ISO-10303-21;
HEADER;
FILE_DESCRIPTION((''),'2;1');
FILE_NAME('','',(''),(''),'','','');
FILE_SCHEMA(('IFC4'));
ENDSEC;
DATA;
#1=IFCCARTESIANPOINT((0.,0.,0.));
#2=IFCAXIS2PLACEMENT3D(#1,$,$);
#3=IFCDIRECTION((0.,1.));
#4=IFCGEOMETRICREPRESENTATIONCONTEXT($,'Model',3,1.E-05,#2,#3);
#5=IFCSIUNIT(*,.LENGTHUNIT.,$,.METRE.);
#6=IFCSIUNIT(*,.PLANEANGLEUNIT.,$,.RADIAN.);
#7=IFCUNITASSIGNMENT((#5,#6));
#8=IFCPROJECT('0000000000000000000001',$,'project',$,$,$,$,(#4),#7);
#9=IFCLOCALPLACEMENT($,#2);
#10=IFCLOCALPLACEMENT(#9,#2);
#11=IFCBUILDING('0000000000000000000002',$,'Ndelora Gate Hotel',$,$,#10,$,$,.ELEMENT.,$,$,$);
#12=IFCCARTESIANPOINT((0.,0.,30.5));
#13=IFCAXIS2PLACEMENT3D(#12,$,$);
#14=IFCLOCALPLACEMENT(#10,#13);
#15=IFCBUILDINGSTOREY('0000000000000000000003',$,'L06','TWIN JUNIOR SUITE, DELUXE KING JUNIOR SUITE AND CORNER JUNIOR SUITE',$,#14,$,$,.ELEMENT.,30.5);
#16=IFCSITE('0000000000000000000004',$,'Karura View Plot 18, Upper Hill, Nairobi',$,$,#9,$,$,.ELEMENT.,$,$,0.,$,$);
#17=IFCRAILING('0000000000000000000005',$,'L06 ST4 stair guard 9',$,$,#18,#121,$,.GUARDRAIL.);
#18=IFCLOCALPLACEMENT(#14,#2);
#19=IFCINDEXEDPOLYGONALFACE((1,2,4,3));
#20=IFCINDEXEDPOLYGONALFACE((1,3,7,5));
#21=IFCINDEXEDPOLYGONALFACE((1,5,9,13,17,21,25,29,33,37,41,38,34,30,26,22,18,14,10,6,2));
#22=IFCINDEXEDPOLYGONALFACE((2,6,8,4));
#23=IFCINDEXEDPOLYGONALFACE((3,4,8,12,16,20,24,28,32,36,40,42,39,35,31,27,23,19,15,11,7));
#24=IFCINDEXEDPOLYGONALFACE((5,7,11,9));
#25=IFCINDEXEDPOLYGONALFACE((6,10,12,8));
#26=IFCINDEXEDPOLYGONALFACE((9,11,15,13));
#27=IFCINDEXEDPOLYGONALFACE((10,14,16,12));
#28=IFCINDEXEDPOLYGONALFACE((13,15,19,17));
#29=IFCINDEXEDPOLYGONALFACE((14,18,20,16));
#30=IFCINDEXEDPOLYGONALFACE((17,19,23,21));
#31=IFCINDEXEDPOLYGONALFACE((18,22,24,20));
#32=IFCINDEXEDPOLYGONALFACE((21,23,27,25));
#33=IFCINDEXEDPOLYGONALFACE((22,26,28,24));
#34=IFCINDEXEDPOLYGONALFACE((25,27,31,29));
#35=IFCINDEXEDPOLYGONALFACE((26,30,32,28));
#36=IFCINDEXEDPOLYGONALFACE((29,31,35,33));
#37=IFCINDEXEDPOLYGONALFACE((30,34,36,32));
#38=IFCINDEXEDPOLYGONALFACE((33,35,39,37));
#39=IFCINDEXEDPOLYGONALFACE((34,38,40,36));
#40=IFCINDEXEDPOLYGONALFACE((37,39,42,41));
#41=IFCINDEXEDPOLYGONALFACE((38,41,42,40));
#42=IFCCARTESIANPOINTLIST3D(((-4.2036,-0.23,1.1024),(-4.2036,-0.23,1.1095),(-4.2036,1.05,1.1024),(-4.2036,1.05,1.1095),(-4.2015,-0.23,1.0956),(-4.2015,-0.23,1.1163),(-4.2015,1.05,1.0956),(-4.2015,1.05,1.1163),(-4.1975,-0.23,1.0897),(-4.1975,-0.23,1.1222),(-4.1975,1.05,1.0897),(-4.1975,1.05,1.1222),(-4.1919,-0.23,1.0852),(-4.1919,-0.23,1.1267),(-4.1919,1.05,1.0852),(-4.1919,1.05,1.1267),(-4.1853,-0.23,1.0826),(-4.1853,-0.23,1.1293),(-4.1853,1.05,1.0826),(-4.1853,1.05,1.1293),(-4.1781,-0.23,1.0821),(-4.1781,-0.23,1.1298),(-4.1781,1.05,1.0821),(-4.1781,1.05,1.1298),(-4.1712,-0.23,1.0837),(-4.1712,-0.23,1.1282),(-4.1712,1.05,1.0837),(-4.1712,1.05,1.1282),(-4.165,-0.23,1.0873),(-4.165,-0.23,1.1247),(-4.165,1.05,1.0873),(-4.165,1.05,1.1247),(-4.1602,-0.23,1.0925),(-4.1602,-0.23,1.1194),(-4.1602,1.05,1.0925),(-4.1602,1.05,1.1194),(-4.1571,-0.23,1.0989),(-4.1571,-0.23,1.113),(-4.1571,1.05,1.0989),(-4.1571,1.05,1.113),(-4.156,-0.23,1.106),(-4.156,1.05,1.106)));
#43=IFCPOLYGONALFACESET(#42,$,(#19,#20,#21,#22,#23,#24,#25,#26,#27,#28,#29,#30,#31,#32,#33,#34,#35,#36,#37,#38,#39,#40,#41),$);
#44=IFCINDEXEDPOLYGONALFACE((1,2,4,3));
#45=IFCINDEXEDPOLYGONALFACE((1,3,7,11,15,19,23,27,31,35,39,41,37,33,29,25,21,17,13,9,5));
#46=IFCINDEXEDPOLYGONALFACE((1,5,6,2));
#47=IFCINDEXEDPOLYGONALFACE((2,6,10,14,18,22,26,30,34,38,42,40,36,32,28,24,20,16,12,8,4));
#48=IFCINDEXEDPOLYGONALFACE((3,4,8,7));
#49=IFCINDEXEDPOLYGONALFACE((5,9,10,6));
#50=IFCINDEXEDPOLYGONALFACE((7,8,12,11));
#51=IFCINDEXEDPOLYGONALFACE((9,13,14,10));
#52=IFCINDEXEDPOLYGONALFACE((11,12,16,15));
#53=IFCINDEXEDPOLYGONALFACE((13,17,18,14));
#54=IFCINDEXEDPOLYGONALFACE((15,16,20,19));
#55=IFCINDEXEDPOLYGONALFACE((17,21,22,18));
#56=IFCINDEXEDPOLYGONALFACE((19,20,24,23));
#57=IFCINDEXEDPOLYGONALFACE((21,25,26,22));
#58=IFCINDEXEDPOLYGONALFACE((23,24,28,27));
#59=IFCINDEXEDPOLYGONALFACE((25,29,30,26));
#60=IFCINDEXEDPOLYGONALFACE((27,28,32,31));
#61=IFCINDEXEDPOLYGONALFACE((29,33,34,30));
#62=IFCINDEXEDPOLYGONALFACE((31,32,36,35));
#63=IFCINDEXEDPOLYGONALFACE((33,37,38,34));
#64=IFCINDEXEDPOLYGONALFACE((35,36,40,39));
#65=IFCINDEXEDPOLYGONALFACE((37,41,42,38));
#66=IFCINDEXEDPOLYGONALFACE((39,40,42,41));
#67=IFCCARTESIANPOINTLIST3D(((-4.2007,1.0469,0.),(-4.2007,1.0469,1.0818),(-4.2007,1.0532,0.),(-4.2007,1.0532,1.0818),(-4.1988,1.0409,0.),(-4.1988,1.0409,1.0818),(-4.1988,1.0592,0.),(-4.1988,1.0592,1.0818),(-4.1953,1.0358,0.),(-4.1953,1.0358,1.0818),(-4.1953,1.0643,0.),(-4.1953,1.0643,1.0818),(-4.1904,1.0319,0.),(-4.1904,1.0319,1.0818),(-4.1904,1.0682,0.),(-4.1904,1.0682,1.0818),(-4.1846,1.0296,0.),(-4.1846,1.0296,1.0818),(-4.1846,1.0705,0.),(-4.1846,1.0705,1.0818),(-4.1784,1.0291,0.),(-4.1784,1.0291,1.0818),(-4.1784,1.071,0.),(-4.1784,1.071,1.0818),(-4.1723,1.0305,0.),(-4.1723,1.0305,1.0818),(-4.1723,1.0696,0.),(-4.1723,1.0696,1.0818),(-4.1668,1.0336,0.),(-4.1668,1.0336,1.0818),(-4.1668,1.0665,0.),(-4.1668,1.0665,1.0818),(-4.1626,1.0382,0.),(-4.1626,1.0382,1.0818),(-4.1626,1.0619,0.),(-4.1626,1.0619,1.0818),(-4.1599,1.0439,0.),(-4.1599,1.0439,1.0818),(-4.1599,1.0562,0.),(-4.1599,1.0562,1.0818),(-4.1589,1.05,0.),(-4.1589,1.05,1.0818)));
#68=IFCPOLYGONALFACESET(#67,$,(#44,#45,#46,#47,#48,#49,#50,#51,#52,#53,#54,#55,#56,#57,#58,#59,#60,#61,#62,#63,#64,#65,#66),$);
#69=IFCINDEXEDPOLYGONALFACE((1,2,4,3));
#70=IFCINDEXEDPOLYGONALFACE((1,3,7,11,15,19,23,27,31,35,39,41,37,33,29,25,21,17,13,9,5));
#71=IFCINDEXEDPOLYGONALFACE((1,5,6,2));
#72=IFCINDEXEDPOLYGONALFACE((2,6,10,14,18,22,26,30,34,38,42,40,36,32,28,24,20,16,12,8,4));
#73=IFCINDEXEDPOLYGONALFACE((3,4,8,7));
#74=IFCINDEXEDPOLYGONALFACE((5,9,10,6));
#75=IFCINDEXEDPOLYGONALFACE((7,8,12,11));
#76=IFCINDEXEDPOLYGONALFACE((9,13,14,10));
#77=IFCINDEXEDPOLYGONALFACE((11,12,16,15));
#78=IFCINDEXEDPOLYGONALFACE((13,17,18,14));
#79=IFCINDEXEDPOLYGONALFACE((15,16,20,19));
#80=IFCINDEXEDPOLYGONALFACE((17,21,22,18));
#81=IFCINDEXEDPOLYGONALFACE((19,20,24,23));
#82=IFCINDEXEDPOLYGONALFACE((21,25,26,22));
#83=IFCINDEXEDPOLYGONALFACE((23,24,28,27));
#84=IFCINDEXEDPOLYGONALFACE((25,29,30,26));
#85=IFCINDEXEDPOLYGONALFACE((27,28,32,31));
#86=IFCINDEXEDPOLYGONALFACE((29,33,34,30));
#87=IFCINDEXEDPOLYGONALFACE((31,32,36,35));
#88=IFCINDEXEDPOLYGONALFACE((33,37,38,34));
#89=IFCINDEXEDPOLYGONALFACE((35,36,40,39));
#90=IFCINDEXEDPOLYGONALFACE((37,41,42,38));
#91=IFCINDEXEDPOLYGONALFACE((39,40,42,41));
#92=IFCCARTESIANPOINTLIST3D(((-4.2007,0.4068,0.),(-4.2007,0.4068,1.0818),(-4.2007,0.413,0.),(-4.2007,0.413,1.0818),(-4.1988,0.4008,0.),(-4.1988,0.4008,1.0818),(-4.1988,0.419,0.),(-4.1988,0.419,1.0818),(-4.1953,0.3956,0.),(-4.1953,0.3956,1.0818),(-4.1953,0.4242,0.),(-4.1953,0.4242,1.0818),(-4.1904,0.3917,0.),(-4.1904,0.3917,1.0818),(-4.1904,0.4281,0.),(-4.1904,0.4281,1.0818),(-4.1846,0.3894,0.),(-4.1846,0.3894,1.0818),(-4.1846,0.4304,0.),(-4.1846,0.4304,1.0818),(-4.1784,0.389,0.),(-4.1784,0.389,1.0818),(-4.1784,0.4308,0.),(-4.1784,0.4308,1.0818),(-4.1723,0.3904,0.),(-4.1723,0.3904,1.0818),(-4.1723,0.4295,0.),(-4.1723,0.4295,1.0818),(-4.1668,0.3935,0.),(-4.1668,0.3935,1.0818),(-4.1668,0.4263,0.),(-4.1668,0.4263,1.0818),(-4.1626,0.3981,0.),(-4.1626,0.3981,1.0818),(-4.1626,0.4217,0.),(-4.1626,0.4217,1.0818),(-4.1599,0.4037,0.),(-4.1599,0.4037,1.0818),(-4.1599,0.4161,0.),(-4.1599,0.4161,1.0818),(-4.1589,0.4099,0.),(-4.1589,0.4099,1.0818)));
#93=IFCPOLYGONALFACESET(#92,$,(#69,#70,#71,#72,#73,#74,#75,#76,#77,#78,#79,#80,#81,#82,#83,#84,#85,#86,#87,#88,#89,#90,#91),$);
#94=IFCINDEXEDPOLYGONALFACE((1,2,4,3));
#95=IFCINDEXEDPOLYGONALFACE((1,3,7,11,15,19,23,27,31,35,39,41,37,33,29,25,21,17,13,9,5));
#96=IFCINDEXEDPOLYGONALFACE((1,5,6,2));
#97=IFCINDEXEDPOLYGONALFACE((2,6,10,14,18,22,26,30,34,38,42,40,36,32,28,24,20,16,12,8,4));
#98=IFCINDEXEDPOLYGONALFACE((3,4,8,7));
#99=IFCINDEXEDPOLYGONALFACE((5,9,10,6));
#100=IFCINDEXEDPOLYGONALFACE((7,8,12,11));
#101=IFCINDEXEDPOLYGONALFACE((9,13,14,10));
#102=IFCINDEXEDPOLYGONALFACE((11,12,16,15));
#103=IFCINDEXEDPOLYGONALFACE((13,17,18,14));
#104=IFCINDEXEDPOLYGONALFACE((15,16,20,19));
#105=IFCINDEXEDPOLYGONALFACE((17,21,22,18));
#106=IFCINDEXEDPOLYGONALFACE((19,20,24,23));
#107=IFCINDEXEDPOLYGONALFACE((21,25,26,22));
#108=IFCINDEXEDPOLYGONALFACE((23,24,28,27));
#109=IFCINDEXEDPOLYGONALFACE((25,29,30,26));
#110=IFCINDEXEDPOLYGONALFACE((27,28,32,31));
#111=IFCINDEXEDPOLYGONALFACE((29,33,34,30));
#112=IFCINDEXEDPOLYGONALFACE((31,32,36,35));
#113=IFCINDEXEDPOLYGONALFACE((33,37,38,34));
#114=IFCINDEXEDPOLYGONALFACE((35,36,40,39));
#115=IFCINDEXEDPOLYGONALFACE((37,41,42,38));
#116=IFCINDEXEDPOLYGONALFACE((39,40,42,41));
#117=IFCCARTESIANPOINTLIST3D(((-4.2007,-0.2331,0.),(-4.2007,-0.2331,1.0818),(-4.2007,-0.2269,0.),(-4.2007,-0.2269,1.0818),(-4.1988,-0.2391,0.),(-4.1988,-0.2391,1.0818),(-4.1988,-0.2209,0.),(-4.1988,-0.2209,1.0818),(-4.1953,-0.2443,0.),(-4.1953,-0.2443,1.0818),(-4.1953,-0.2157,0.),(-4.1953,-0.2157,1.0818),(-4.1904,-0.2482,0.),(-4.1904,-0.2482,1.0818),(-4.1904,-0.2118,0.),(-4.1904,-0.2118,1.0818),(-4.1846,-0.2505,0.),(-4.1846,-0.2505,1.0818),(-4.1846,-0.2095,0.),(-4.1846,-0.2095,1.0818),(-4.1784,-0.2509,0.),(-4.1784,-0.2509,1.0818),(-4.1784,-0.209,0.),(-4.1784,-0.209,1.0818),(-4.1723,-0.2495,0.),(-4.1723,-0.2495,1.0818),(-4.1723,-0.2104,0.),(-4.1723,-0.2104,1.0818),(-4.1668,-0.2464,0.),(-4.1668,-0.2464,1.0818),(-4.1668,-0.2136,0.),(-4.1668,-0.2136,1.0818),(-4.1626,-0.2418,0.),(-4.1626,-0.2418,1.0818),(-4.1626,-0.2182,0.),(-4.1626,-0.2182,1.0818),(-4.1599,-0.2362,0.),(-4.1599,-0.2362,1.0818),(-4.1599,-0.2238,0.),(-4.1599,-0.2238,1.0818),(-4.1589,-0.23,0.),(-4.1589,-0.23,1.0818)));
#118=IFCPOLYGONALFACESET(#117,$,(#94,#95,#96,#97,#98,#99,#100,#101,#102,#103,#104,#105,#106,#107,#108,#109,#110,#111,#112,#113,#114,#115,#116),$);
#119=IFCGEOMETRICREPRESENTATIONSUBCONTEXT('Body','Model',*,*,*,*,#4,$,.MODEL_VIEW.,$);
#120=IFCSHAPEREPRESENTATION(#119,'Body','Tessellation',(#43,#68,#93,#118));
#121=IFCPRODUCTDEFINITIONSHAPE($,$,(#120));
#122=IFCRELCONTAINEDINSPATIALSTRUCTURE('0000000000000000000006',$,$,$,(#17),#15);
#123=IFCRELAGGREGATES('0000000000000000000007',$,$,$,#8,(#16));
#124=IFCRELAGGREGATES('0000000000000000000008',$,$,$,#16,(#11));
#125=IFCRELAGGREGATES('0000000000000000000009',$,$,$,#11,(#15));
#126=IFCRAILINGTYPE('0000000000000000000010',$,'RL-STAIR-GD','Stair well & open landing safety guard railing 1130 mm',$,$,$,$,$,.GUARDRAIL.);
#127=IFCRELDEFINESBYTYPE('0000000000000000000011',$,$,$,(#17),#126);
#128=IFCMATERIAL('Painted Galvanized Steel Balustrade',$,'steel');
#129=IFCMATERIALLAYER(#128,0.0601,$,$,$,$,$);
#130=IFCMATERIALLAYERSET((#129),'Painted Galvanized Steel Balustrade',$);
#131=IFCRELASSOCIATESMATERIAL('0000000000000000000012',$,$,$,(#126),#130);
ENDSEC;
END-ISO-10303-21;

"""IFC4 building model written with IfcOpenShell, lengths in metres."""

from ifc_helpers import new_model, si_unit, direction, frame, origin, origin_2d, place, context, subcontext, project, spatial, circle, extrude, material, layer, layer_set, type_object, element, save


model = new_model("IFC4")

# Units and contexts
model_context = context("Model", 3, precision=1e-05, world=origin(), true_north=direction((0.0, 1.0)))
body_context = subcontext(model_context, "Body", "Model", "MODEL_VIEW")
ifc_project = project(units=[si_unit("LENGTHUNIT", "METRE"), si_unit("PLANEANGLEUNIT", "RADIAN")], contexts=[model_context])

# Site, building, storey
site_placement = place(None, origin())
site = spatial("IfcSite", under=ifc_project, at=site_placement, Name="Karura View Plot 18, Upper Hill, Nairobi", CompositionType="ELEMENT", RefElevation=0.0)
building_placement = place(site_placement, origin())
building = spatial("IfcBuilding", under=site, at=building_placement, Name="Ndelora Gate Hotel", CompositionType="ELEMENT")
storey_placement = place(building_placement, frame((0.0, 0.0, 30.5)))
storey = spatial("IfcBuildingStorey", under=building, at=storey_placement, Name="L06", Description="TWIN JUNIOR SUITE, DELUXE KING JUNIOR SUITE AND CORNER JUNIOR SUITE", CompositionType="ELEMENT", Elevation=30.5)

# Railing
ifc_material_1 = material(Name="Painted Galvanized Steel Balustrade", Category="steel")
ifc_layer_1 = layer(ifc_material_1, 0.0601)
ifc_layer_set_1 = layer_set([ifc_layer_1], Name="Painted Galvanized Steel Balustrade")
railing_type = type_object("IfcRailingType", Name="RL-STAIR-GD", Description="Stair well & open landing safety guard railing 1130 mm", PredefinedType="GUARDRAIL", material=ifc_layer_set_1)
for number, where, name in (
    (1, (-4.1799, 1.05, 0.0), "L06 ST4 stair guard 9"),
):
    element("IfcRailing", number, at=place(storey_placement, frame(where)), inside=storey, type_object=railing_type, Name=name, PredefinedType="GUARDRAIL", context=body_context, shape_type="SweptSolid", body=[
        extrude(circle(Radius=0.0239, at=origin_2d()), frame((0.0, 0.0, 1.106), z_axis=(0.0, -1.0, 0.0), x_axis=(1.0, 0.0, 0.0)), (0.0, 0.0, 1.0), 1.28),
        extrude(circle(Radius=0.021, at=origin_2d()), origin(), (0.0, 0.0, 1.0), 1.0818),
        extrude(circle(Radius=0.021, at=origin_2d()), frame((0.0, -0.6401, 0.0)), (0.0, 0.0, 1.0), 1.0818),
        extrude(circle(Radius=0.021, at=origin_2d()), frame((0.0, -1.28, 0.0)), (0.0, 0.0, 1.0), 1.0818),
    ])

save(model, "model.ifc")
